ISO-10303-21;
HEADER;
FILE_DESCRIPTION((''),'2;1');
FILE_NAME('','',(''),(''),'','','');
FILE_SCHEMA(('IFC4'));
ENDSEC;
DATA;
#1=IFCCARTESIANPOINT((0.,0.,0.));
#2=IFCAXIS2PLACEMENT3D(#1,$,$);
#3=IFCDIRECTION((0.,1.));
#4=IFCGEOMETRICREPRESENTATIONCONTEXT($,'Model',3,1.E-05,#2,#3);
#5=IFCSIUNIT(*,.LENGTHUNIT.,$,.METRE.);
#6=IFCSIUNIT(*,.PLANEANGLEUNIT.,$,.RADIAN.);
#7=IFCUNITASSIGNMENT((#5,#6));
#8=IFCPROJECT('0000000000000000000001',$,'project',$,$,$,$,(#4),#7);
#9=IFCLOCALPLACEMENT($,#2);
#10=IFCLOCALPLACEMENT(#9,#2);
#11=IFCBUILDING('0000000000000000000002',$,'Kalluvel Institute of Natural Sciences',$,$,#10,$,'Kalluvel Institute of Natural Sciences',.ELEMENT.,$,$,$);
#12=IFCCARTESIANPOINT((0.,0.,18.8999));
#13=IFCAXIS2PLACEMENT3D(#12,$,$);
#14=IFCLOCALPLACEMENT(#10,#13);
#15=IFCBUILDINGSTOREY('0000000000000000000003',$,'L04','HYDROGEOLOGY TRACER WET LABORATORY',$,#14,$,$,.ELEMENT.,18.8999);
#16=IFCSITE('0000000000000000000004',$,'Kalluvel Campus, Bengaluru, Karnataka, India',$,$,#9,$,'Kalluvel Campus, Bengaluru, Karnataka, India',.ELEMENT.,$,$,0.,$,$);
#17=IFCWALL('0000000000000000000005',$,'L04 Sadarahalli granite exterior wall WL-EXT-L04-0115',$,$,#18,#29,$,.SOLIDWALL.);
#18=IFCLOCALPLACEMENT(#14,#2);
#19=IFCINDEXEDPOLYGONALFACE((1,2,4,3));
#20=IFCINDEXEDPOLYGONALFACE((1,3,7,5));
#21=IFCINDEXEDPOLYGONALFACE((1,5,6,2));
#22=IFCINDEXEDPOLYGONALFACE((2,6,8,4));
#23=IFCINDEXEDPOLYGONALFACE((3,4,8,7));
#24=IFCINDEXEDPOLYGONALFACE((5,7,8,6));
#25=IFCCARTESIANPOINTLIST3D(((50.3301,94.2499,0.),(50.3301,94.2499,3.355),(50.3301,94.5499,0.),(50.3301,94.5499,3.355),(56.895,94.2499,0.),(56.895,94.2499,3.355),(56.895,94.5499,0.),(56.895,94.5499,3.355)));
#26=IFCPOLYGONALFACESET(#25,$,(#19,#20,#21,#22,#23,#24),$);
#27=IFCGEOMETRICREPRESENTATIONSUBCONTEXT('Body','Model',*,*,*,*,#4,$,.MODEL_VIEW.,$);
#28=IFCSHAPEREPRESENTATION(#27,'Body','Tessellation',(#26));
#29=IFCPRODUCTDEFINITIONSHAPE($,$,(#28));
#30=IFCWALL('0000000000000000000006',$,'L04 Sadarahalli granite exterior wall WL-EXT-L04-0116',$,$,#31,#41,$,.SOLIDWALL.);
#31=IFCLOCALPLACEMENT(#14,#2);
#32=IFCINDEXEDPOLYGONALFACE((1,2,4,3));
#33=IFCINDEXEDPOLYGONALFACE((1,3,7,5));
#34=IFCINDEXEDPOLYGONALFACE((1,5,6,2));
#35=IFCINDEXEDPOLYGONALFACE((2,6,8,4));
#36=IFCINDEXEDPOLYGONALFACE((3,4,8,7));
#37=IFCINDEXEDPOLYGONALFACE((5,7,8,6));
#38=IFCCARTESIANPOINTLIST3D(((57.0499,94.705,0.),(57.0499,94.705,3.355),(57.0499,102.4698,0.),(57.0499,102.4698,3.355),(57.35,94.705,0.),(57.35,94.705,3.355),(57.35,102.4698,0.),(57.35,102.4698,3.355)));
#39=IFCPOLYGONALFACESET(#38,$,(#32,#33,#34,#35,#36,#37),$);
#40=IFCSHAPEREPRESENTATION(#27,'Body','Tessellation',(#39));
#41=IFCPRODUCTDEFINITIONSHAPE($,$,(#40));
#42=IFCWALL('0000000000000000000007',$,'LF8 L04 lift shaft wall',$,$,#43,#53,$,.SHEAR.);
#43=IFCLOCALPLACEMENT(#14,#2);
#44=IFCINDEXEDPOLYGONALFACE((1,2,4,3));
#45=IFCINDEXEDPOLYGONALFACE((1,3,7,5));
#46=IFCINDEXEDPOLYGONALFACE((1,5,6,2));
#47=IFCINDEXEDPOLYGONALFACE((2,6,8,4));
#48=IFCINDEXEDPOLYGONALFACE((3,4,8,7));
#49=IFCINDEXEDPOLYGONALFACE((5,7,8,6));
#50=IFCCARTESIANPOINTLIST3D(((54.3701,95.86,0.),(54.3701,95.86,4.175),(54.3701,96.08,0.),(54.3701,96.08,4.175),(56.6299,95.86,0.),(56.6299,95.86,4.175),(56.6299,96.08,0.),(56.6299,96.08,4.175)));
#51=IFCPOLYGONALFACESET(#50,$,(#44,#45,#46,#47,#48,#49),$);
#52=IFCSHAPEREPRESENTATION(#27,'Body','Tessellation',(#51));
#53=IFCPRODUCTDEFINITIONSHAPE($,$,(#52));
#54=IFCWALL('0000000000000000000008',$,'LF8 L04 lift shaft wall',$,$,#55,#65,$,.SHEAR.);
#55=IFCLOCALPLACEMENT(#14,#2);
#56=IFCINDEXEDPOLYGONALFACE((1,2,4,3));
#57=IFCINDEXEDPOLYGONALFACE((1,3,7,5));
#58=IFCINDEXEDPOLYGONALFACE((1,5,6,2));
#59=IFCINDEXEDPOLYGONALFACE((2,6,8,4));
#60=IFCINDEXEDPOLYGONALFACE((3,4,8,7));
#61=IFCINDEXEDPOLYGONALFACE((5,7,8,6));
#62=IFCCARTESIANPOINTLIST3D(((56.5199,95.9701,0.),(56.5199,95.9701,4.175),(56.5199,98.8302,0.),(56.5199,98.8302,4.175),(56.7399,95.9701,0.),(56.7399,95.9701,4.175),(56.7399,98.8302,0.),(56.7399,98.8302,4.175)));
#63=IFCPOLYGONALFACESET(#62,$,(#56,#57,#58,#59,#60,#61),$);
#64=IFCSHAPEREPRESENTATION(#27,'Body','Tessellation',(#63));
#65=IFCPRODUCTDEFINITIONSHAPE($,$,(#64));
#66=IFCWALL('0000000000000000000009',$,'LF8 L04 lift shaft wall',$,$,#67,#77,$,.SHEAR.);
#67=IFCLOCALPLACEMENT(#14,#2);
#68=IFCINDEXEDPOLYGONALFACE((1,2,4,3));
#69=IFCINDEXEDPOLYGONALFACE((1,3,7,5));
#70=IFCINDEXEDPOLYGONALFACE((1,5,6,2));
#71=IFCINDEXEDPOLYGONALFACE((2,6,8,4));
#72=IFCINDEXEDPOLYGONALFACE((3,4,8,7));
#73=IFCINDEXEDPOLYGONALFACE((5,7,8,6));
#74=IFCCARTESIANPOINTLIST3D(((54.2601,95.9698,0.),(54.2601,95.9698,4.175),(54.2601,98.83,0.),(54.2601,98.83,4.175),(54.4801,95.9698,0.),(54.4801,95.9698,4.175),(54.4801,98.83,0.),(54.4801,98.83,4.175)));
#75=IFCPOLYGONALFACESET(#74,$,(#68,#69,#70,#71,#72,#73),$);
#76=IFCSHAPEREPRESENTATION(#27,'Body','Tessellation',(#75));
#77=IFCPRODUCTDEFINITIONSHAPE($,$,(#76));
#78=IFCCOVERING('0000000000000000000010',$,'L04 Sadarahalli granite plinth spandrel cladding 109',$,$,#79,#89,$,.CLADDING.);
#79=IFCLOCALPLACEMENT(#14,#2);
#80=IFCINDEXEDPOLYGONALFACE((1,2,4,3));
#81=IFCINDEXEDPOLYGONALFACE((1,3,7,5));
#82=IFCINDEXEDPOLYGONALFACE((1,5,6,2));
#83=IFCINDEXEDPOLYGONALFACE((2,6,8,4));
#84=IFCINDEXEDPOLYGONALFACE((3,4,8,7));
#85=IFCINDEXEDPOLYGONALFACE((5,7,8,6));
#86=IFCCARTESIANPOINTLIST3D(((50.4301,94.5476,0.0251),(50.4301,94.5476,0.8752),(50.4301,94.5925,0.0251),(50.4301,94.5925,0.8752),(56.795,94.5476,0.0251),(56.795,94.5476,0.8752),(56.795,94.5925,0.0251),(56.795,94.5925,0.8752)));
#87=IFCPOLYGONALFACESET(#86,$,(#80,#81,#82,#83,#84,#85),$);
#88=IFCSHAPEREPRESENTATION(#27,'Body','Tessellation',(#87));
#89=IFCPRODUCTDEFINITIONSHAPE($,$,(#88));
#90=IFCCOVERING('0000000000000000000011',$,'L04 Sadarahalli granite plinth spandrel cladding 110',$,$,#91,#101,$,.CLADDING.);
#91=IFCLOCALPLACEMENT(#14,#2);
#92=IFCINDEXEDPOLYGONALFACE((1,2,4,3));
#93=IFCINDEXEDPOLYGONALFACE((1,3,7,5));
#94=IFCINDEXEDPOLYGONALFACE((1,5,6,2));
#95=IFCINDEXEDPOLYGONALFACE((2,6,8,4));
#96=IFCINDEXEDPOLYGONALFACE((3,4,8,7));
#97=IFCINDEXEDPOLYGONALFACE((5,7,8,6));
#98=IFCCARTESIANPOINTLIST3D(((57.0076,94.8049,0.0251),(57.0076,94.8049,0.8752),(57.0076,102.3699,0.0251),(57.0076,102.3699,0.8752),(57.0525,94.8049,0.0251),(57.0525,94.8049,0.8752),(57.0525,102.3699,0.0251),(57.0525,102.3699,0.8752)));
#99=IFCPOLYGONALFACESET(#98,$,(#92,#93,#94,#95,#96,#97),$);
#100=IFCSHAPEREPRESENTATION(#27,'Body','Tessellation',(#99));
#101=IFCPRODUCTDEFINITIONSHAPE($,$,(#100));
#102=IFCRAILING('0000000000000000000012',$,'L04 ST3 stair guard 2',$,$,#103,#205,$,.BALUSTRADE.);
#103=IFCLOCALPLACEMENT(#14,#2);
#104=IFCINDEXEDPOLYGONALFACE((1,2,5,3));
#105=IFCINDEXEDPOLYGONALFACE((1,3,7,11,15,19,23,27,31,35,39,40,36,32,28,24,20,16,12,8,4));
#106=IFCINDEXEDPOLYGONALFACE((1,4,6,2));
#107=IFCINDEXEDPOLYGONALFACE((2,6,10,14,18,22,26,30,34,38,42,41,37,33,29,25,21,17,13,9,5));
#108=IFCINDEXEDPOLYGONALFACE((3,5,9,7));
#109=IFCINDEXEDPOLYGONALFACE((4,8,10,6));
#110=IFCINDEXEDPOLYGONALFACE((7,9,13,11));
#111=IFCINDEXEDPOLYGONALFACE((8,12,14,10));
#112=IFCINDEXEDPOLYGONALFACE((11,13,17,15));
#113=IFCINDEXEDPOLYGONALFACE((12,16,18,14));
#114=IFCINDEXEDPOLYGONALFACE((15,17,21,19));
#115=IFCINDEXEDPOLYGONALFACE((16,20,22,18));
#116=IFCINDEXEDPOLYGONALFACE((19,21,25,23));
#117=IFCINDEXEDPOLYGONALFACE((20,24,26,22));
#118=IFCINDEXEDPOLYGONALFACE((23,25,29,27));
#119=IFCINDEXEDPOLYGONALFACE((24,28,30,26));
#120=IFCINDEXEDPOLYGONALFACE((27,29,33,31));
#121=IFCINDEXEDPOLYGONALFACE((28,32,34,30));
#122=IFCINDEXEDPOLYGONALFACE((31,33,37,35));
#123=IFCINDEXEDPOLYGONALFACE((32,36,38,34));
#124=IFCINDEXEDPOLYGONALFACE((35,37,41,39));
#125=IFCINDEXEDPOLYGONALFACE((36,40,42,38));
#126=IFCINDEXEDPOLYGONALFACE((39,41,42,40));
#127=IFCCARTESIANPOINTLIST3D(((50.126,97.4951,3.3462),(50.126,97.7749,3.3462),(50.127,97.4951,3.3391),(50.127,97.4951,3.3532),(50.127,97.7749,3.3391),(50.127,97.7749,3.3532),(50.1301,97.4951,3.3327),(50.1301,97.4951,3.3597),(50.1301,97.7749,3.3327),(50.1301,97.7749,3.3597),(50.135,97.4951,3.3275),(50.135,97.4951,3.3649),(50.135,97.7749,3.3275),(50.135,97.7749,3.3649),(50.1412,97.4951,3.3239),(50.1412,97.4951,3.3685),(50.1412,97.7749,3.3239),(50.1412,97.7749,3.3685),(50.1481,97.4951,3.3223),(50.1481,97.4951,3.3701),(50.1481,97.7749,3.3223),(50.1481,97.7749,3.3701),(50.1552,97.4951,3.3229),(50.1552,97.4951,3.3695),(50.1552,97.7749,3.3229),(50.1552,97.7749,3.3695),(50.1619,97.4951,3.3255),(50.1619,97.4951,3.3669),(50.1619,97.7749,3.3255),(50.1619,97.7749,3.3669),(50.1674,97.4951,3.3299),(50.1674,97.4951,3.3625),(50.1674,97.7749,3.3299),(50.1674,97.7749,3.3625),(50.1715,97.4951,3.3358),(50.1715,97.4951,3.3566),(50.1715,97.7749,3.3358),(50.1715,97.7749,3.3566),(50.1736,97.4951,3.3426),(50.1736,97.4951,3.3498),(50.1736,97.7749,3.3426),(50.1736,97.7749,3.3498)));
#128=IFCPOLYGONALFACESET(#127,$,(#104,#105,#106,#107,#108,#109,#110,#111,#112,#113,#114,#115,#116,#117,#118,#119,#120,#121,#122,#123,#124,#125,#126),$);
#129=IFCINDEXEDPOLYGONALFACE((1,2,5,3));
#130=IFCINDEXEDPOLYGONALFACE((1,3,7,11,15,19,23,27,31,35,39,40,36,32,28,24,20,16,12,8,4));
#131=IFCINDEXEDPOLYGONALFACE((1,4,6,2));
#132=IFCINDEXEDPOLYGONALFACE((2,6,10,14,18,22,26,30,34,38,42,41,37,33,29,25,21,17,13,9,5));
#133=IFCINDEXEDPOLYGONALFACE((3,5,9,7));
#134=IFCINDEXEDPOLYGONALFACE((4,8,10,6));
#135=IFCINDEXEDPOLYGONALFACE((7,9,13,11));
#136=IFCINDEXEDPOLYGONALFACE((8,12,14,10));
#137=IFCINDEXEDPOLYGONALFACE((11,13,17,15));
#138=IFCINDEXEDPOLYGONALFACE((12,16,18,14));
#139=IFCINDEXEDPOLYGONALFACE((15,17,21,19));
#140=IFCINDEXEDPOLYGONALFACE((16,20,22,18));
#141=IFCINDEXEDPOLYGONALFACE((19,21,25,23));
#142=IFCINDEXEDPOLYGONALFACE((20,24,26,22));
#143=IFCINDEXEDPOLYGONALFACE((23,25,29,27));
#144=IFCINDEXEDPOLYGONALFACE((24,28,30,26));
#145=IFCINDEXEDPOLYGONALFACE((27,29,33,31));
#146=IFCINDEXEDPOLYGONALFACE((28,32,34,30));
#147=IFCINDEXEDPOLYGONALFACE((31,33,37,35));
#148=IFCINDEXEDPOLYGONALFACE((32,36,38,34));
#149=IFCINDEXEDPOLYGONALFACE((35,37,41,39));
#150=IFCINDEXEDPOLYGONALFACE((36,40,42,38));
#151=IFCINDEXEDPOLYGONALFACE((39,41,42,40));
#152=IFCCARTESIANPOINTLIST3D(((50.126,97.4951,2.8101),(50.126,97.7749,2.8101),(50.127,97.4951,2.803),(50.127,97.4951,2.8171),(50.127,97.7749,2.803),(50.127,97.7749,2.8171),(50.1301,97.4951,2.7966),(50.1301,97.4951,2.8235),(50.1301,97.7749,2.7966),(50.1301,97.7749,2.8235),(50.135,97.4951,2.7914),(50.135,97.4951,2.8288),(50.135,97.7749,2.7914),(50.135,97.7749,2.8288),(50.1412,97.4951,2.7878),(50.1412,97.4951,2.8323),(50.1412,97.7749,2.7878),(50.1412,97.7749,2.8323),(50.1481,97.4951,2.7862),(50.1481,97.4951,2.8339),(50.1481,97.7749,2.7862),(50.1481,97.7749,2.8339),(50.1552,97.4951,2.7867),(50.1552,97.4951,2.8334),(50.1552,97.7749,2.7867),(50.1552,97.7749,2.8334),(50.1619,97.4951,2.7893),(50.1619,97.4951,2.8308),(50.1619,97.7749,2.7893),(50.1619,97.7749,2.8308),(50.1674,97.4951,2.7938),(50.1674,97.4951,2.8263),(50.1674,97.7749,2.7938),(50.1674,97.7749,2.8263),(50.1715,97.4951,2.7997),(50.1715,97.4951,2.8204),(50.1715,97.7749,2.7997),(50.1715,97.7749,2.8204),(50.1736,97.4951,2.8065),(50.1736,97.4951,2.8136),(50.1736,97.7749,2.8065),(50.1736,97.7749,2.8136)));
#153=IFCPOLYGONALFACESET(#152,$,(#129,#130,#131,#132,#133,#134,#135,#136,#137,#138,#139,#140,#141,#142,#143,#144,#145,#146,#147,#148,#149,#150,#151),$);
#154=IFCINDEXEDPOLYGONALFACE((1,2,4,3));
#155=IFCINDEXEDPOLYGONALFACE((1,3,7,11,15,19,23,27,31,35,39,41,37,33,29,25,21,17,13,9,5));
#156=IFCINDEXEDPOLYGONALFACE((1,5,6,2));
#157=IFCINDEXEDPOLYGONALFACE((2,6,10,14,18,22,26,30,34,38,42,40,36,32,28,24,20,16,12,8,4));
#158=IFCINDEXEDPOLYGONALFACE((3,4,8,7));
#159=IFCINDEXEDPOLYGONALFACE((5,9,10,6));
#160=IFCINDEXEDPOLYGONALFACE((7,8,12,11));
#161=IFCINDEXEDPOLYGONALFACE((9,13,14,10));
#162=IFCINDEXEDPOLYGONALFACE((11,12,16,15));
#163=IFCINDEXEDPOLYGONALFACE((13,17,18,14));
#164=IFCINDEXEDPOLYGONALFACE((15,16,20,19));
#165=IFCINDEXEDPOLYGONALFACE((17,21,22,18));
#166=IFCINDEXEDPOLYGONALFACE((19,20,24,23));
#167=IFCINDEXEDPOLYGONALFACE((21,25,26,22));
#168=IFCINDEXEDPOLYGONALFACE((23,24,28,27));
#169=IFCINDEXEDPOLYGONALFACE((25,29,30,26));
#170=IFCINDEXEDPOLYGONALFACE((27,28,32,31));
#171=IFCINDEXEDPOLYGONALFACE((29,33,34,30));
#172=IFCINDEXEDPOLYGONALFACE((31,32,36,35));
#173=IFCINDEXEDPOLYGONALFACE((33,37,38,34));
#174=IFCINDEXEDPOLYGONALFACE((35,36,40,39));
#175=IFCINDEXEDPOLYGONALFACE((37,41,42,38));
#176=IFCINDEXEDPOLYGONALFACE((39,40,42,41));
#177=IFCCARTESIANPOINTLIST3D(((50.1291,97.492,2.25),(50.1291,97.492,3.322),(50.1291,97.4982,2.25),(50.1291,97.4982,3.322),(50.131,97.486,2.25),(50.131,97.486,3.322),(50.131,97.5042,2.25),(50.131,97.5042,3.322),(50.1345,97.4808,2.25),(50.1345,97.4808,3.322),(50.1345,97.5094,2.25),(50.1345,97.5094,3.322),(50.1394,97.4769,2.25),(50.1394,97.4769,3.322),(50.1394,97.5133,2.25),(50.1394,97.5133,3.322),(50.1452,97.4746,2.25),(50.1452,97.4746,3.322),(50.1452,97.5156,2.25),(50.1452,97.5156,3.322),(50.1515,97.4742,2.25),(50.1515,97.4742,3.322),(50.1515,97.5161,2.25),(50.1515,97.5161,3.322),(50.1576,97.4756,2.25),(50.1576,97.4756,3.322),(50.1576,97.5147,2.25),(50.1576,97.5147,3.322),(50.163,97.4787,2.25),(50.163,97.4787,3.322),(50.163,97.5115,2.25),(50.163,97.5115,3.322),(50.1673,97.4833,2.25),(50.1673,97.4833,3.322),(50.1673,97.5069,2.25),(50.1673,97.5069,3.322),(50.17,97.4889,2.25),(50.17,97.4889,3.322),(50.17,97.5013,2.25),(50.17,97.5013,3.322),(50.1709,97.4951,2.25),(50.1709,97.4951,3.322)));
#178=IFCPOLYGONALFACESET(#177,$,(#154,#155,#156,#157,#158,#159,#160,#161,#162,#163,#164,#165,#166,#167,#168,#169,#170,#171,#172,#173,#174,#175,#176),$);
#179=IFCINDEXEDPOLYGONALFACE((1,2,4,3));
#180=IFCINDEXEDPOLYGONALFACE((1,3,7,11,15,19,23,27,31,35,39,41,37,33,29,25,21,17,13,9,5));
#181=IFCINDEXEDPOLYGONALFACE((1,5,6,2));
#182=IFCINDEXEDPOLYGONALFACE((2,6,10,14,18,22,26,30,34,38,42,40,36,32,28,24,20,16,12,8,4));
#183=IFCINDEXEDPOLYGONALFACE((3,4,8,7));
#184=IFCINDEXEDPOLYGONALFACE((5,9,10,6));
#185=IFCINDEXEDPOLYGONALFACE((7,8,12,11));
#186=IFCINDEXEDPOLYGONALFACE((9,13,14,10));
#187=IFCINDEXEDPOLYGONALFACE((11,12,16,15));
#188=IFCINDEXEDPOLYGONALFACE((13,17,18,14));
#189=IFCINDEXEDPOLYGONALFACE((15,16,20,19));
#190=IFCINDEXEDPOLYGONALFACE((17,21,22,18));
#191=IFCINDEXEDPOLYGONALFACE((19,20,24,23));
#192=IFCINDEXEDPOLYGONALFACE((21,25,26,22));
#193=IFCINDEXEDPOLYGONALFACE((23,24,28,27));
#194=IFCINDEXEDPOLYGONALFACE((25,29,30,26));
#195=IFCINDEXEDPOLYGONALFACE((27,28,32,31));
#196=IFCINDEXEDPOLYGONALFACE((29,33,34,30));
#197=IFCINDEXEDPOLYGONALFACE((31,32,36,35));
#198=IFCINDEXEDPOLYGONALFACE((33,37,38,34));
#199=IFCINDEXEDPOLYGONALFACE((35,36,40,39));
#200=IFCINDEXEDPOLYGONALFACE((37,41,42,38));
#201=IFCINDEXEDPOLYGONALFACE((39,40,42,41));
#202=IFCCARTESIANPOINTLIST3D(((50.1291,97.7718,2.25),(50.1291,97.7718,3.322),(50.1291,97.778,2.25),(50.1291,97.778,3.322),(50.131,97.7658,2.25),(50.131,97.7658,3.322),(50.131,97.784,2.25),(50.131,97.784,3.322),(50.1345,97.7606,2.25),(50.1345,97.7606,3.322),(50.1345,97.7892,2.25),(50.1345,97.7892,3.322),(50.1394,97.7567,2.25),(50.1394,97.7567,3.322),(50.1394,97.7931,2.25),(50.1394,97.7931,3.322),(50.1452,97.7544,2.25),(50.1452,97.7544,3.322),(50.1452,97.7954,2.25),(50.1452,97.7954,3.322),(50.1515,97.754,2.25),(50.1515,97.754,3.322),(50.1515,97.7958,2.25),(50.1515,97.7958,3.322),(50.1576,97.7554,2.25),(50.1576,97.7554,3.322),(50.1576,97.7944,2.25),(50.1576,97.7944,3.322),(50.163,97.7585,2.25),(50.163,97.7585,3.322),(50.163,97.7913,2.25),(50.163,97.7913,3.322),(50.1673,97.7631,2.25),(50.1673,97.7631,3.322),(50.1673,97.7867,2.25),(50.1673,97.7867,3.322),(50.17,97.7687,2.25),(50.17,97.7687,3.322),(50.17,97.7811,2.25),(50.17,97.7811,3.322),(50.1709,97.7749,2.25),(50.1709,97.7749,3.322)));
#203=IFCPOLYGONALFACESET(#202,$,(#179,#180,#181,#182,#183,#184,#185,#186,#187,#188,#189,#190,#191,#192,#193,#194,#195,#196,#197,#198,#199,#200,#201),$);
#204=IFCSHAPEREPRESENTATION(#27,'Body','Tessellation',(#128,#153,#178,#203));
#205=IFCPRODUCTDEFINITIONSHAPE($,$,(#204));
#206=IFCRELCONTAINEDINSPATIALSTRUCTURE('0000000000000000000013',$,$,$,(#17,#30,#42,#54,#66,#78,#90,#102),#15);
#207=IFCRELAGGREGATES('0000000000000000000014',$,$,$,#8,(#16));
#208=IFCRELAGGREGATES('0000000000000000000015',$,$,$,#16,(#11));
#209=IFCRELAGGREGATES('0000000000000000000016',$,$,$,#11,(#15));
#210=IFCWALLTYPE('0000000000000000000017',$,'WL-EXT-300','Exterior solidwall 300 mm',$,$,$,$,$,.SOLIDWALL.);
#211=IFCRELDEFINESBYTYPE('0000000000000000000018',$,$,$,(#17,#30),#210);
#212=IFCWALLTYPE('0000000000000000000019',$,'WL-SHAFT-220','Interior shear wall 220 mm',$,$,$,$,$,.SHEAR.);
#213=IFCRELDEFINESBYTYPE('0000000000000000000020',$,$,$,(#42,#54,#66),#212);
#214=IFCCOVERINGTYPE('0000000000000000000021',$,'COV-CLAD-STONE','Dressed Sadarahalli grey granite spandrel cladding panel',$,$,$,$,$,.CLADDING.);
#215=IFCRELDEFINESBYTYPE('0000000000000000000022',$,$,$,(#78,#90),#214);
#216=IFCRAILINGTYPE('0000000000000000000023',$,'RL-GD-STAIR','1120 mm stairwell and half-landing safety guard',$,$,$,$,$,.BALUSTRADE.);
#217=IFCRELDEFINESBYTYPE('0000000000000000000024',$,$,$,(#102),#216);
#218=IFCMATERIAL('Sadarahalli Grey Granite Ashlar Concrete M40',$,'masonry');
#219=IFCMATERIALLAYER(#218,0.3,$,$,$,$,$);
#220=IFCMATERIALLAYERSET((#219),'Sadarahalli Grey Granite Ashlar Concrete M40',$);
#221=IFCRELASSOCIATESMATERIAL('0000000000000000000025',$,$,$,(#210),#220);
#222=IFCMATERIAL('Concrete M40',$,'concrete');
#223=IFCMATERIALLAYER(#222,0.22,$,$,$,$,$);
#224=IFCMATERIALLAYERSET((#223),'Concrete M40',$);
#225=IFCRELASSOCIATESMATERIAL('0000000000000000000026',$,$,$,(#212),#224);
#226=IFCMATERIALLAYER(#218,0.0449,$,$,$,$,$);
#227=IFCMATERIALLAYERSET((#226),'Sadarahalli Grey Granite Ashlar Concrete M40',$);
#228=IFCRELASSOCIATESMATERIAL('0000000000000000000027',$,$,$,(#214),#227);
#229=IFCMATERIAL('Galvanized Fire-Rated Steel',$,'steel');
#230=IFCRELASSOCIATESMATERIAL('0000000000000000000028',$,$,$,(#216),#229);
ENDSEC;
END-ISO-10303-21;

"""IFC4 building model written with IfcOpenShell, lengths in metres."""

from ifc_helpers import new_model, si_unit, direction, frame, frame_2d, origin, origin_2d, place, context, subcontext, project, spatial, rectangle, circle, extrude, material, layer, layer_set, type_object, element, save


model = new_model("IFC4")

# Units and contexts
model_context = context("Model", 3, precision=1e-05, world=origin(), true_north=direction((0.0, 1.0)))
body_context = subcontext(model_context, "Body", "Model", "MODEL_VIEW")
ifc_project = project(units=[si_unit("LENGTHUNIT", "METRE"), si_unit("PLANEANGLEUNIT", "RADIAN")], contexts=[model_context])

# Site, building, storey
site_placement = place(None, origin())
site = spatial("IfcSite", under=ifc_project, at=site_placement, Name="Kalluvel Campus, Bengaluru, Karnataka, India", LongName="Kalluvel Campus, Bengaluru, Karnataka, India", CompositionType="ELEMENT", RefElevation=0.0)
building_placement = place(site_placement, origin())
building = spatial("IfcBuilding", under=site, at=building_placement, Name="Kalluvel Institute of Natural Sciences", LongName="Kalluvel Institute of Natural Sciences", CompositionType="ELEMENT")
storey_placement = place(building_placement, frame((0.0, 0.0, 18.8999)))
storey = spatial("IfcBuildingStorey", under=building, at=storey_placement, Name="L04", Description="HYDROGEOLOGY TRACER WET LABORATORY", CompositionType="ELEMENT", Elevation=18.8999)

# Shared definitions
ifc_material_1 = material(Name="Concrete M40", Category="concrete")

# Walls
ifc_material_2 = material(Name="Sadarahalli Grey Granite Ashlar Concrete M40", Category="masonry")
ifc_layer_1 = layer(ifc_material_2, 0.3)
ifc_layer_set_1 = layer_set([ifc_layer_1], Name="Sadarahalli Grey Granite Ashlar Concrete M40")
wall_type_1 = type_object("IfcWallType", Name="WL-EXT-300", Description="Exterior solidwall 300 mm", PredefinedType="SOLIDWALL", material=ifc_layer_set_1)
wall_1_placement = place(storey_placement, frame((50.3301, 94.3999, 0.0), z_axis=(0.0, 0.0, 1.0), x_axis=(1.0, 0.0, 0.0)))
element("IfcWall", 1, at=wall_1_placement, inside=storey, type_object=wall_type_1, Name="L04 Sadarahalli granite exterior wall WL-EXT-L04-0115", PredefinedType="SOLIDWALL", context=body_context, shape_type="SweptSolid", body=[
    extrude(rectangle(XDim=6.5649, YDim=0.3, at=frame_2d((3.2825, 0.0))), origin(), (0.0, 0.0, 1.0), 3.355),
])
wall_2_placement = place(storey_placement, frame((57.2, 94.7051, 0.0), z_axis=(0.0, 0.0, 1.0), x_axis=(0.0, 1.0, 0.0)))
element("IfcWall", 2, at=wall_2_placement, inside=storey, type_object=wall_type_1, Name="L04 Sadarahalli granite exterior wall WL-EXT-L04-0116", PredefinedType="SOLIDWALL", context=body_context, shape_type="SweptSolid", body=[
    extrude(rectangle(XDim=7.7649, YDim=0.3, at=frame_2d((3.8823, 0.0))), origin(), (0.0, 0.0, 1.0), 3.355),
])
ifc_layer_2 = layer(ifc_material_1, 0.22)
ifc_layer_set_2 = layer_set([ifc_layer_2], Name="Concrete M40")
wall_type_2 = type_object("IfcWallType", Name="WL-SHAFT-220", Description="Interior shear wall 220 mm", PredefinedType="SHEAR", material=ifc_layer_set_2)
wall_3_placement = place(storey_placement, frame((54.3701, 95.97, 0.0), z_axis=(0.0, 0.0, 1.0), x_axis=(1.0, 0.0, 0.0)))
element("IfcWall", 3, at=wall_3_placement, inside=storey, type_object=wall_type_2, Name="LF8 L04 lift shaft wall", PredefinedType="SHEAR", context=body_context, shape_type="SweptSolid", body=[
    extrude(rectangle(XDim=2.2598, YDim=0.22, at=frame_2d((1.1299, 0.0))), origin(), (0.0, 0.0, 1.0), 4.175),
])
for number, where, z_axis, x_axis, name in (
    (4, (56.6299, 95.97, 0.0), (0.0, 0.0, 1.0), (0.0, 1.0, 0.0), "LF8 L04 lift shaft wall"),
    (5, (54.3701, 98.8301, 0.0), (0.0, 0.0, 1.0), (0.0, -1.0, 0.0), "LF8 L04 lift shaft wall"),
):
    element("IfcWall", number, at=place(storey_placement, frame(where, z_axis=z_axis, x_axis=x_axis)), inside=storey, type_object=wall_type_2, Name=name, PredefinedType="SHEAR", context=body_context, shape_type="SweptSolid", body=[
        extrude(rectangle(XDim=2.8601, YDim=0.22, at=frame_2d((1.4302, 0.0))), origin(), (0.0, 0.0, 1.0), 4.175),
    ])

# Coverings
ifc_layer_3 = layer(ifc_material_2, 0.0449)
ifc_layer_set_3 = layer_set([ifc_layer_3], Name="Sadarahalli Grey Granite Ashlar Concrete M40")
covering_type = type_object("IfcCoveringType", Name="COV-CLAD-STONE", Description="Dressed Sadarahalli grey granite spandrel cladding panel", PredefinedType="CLADDING", material=ifc_layer_set_3)
covering_1_placement = place(storey_placement, frame((53.6125, 94.5701, 0.0251), z_axis=(0.0, 0.0, 1.0), x_axis=(1.0, 0.0, 0.0)))
element("IfcCovering", 6, at=covering_1_placement, inside=storey, type_object=covering_type, Name="L04 Sadarahalli granite plinth spandrel cladding 109", PredefinedType="CLADDING", context=body_context, shape_type="SweptSolid", body=[
    extrude(rectangle(XDim=6.365, YDim=0.0449, at=origin_2d()), origin(), (0.0, 0.0, 1.0), 0.8501),
])
covering_2_placement = place(storey_placement, frame((57.03, 98.5874, 0.0251), z_axis=(0.0, 0.0, 1.0), x_axis=(0.0, 1.0, 0.0)))
element("IfcCovering", 7, at=covering_2_placement, inside=storey, type_object=covering_type, Name="L04 Sadarahalli granite plinth spandrel cladding 110", PredefinedType="CLADDING", context=body_context, shape_type="SweptSolid", body=[
    extrude(rectangle(XDim=7.5649, YDim=0.0449, at=origin_2d()), origin(), (0.0, 0.0, 1.0), 0.8501),
])

# Railing
ifc_material_3 = material(Name="Galvanized Fire-Rated Steel", Category="steel")
railing_type = type_object("IfcRailingType", Name="RL-GD-STAIR", Description="1120 mm stairwell and half-landing safety guard", PredefinedType="BALUSTRADE", material=ifc_material_3)
railing_placement = place(storey_placement, frame((50.1499, 97.4951, 2.25)))
element("IfcRailing", 8, at=railing_placement, inside=storey, type_object=railing_type, Name="L04 ST3 stair guard 2", PredefinedType="BALUSTRADE", context=body_context, shape_type="SweptSolid", body=[
    extrude(circle(Radius=0.0239, at=origin_2d()), frame((0.0, 0.0, 1.0962), z_axis=(0.0, 1.0, 0.0), x_axis=(-1.0, 0.0, 0.0)), (0.0, 0.0, 1.0), 0.2798),
    extrude(circle(Radius=0.0239, at=origin_2d()), frame((0.0, 0.0, 0.5601), z_axis=(0.0, 1.0, 0.0), x_axis=(-1.0, 0.0, 0.0)), (0.0, 0.0, 1.0), 0.2798),
    extrude(circle(Radius=0.021, at=origin_2d()), origin(), (0.0, 0.0, 1.0), 1.072),
    extrude(circle(Radius=0.021, at=origin_2d()), frame((0.0, 0.2798, 0.0)), (0.0, 0.0, 1.0), 1.072),
])

save(model, "model.ifc")
